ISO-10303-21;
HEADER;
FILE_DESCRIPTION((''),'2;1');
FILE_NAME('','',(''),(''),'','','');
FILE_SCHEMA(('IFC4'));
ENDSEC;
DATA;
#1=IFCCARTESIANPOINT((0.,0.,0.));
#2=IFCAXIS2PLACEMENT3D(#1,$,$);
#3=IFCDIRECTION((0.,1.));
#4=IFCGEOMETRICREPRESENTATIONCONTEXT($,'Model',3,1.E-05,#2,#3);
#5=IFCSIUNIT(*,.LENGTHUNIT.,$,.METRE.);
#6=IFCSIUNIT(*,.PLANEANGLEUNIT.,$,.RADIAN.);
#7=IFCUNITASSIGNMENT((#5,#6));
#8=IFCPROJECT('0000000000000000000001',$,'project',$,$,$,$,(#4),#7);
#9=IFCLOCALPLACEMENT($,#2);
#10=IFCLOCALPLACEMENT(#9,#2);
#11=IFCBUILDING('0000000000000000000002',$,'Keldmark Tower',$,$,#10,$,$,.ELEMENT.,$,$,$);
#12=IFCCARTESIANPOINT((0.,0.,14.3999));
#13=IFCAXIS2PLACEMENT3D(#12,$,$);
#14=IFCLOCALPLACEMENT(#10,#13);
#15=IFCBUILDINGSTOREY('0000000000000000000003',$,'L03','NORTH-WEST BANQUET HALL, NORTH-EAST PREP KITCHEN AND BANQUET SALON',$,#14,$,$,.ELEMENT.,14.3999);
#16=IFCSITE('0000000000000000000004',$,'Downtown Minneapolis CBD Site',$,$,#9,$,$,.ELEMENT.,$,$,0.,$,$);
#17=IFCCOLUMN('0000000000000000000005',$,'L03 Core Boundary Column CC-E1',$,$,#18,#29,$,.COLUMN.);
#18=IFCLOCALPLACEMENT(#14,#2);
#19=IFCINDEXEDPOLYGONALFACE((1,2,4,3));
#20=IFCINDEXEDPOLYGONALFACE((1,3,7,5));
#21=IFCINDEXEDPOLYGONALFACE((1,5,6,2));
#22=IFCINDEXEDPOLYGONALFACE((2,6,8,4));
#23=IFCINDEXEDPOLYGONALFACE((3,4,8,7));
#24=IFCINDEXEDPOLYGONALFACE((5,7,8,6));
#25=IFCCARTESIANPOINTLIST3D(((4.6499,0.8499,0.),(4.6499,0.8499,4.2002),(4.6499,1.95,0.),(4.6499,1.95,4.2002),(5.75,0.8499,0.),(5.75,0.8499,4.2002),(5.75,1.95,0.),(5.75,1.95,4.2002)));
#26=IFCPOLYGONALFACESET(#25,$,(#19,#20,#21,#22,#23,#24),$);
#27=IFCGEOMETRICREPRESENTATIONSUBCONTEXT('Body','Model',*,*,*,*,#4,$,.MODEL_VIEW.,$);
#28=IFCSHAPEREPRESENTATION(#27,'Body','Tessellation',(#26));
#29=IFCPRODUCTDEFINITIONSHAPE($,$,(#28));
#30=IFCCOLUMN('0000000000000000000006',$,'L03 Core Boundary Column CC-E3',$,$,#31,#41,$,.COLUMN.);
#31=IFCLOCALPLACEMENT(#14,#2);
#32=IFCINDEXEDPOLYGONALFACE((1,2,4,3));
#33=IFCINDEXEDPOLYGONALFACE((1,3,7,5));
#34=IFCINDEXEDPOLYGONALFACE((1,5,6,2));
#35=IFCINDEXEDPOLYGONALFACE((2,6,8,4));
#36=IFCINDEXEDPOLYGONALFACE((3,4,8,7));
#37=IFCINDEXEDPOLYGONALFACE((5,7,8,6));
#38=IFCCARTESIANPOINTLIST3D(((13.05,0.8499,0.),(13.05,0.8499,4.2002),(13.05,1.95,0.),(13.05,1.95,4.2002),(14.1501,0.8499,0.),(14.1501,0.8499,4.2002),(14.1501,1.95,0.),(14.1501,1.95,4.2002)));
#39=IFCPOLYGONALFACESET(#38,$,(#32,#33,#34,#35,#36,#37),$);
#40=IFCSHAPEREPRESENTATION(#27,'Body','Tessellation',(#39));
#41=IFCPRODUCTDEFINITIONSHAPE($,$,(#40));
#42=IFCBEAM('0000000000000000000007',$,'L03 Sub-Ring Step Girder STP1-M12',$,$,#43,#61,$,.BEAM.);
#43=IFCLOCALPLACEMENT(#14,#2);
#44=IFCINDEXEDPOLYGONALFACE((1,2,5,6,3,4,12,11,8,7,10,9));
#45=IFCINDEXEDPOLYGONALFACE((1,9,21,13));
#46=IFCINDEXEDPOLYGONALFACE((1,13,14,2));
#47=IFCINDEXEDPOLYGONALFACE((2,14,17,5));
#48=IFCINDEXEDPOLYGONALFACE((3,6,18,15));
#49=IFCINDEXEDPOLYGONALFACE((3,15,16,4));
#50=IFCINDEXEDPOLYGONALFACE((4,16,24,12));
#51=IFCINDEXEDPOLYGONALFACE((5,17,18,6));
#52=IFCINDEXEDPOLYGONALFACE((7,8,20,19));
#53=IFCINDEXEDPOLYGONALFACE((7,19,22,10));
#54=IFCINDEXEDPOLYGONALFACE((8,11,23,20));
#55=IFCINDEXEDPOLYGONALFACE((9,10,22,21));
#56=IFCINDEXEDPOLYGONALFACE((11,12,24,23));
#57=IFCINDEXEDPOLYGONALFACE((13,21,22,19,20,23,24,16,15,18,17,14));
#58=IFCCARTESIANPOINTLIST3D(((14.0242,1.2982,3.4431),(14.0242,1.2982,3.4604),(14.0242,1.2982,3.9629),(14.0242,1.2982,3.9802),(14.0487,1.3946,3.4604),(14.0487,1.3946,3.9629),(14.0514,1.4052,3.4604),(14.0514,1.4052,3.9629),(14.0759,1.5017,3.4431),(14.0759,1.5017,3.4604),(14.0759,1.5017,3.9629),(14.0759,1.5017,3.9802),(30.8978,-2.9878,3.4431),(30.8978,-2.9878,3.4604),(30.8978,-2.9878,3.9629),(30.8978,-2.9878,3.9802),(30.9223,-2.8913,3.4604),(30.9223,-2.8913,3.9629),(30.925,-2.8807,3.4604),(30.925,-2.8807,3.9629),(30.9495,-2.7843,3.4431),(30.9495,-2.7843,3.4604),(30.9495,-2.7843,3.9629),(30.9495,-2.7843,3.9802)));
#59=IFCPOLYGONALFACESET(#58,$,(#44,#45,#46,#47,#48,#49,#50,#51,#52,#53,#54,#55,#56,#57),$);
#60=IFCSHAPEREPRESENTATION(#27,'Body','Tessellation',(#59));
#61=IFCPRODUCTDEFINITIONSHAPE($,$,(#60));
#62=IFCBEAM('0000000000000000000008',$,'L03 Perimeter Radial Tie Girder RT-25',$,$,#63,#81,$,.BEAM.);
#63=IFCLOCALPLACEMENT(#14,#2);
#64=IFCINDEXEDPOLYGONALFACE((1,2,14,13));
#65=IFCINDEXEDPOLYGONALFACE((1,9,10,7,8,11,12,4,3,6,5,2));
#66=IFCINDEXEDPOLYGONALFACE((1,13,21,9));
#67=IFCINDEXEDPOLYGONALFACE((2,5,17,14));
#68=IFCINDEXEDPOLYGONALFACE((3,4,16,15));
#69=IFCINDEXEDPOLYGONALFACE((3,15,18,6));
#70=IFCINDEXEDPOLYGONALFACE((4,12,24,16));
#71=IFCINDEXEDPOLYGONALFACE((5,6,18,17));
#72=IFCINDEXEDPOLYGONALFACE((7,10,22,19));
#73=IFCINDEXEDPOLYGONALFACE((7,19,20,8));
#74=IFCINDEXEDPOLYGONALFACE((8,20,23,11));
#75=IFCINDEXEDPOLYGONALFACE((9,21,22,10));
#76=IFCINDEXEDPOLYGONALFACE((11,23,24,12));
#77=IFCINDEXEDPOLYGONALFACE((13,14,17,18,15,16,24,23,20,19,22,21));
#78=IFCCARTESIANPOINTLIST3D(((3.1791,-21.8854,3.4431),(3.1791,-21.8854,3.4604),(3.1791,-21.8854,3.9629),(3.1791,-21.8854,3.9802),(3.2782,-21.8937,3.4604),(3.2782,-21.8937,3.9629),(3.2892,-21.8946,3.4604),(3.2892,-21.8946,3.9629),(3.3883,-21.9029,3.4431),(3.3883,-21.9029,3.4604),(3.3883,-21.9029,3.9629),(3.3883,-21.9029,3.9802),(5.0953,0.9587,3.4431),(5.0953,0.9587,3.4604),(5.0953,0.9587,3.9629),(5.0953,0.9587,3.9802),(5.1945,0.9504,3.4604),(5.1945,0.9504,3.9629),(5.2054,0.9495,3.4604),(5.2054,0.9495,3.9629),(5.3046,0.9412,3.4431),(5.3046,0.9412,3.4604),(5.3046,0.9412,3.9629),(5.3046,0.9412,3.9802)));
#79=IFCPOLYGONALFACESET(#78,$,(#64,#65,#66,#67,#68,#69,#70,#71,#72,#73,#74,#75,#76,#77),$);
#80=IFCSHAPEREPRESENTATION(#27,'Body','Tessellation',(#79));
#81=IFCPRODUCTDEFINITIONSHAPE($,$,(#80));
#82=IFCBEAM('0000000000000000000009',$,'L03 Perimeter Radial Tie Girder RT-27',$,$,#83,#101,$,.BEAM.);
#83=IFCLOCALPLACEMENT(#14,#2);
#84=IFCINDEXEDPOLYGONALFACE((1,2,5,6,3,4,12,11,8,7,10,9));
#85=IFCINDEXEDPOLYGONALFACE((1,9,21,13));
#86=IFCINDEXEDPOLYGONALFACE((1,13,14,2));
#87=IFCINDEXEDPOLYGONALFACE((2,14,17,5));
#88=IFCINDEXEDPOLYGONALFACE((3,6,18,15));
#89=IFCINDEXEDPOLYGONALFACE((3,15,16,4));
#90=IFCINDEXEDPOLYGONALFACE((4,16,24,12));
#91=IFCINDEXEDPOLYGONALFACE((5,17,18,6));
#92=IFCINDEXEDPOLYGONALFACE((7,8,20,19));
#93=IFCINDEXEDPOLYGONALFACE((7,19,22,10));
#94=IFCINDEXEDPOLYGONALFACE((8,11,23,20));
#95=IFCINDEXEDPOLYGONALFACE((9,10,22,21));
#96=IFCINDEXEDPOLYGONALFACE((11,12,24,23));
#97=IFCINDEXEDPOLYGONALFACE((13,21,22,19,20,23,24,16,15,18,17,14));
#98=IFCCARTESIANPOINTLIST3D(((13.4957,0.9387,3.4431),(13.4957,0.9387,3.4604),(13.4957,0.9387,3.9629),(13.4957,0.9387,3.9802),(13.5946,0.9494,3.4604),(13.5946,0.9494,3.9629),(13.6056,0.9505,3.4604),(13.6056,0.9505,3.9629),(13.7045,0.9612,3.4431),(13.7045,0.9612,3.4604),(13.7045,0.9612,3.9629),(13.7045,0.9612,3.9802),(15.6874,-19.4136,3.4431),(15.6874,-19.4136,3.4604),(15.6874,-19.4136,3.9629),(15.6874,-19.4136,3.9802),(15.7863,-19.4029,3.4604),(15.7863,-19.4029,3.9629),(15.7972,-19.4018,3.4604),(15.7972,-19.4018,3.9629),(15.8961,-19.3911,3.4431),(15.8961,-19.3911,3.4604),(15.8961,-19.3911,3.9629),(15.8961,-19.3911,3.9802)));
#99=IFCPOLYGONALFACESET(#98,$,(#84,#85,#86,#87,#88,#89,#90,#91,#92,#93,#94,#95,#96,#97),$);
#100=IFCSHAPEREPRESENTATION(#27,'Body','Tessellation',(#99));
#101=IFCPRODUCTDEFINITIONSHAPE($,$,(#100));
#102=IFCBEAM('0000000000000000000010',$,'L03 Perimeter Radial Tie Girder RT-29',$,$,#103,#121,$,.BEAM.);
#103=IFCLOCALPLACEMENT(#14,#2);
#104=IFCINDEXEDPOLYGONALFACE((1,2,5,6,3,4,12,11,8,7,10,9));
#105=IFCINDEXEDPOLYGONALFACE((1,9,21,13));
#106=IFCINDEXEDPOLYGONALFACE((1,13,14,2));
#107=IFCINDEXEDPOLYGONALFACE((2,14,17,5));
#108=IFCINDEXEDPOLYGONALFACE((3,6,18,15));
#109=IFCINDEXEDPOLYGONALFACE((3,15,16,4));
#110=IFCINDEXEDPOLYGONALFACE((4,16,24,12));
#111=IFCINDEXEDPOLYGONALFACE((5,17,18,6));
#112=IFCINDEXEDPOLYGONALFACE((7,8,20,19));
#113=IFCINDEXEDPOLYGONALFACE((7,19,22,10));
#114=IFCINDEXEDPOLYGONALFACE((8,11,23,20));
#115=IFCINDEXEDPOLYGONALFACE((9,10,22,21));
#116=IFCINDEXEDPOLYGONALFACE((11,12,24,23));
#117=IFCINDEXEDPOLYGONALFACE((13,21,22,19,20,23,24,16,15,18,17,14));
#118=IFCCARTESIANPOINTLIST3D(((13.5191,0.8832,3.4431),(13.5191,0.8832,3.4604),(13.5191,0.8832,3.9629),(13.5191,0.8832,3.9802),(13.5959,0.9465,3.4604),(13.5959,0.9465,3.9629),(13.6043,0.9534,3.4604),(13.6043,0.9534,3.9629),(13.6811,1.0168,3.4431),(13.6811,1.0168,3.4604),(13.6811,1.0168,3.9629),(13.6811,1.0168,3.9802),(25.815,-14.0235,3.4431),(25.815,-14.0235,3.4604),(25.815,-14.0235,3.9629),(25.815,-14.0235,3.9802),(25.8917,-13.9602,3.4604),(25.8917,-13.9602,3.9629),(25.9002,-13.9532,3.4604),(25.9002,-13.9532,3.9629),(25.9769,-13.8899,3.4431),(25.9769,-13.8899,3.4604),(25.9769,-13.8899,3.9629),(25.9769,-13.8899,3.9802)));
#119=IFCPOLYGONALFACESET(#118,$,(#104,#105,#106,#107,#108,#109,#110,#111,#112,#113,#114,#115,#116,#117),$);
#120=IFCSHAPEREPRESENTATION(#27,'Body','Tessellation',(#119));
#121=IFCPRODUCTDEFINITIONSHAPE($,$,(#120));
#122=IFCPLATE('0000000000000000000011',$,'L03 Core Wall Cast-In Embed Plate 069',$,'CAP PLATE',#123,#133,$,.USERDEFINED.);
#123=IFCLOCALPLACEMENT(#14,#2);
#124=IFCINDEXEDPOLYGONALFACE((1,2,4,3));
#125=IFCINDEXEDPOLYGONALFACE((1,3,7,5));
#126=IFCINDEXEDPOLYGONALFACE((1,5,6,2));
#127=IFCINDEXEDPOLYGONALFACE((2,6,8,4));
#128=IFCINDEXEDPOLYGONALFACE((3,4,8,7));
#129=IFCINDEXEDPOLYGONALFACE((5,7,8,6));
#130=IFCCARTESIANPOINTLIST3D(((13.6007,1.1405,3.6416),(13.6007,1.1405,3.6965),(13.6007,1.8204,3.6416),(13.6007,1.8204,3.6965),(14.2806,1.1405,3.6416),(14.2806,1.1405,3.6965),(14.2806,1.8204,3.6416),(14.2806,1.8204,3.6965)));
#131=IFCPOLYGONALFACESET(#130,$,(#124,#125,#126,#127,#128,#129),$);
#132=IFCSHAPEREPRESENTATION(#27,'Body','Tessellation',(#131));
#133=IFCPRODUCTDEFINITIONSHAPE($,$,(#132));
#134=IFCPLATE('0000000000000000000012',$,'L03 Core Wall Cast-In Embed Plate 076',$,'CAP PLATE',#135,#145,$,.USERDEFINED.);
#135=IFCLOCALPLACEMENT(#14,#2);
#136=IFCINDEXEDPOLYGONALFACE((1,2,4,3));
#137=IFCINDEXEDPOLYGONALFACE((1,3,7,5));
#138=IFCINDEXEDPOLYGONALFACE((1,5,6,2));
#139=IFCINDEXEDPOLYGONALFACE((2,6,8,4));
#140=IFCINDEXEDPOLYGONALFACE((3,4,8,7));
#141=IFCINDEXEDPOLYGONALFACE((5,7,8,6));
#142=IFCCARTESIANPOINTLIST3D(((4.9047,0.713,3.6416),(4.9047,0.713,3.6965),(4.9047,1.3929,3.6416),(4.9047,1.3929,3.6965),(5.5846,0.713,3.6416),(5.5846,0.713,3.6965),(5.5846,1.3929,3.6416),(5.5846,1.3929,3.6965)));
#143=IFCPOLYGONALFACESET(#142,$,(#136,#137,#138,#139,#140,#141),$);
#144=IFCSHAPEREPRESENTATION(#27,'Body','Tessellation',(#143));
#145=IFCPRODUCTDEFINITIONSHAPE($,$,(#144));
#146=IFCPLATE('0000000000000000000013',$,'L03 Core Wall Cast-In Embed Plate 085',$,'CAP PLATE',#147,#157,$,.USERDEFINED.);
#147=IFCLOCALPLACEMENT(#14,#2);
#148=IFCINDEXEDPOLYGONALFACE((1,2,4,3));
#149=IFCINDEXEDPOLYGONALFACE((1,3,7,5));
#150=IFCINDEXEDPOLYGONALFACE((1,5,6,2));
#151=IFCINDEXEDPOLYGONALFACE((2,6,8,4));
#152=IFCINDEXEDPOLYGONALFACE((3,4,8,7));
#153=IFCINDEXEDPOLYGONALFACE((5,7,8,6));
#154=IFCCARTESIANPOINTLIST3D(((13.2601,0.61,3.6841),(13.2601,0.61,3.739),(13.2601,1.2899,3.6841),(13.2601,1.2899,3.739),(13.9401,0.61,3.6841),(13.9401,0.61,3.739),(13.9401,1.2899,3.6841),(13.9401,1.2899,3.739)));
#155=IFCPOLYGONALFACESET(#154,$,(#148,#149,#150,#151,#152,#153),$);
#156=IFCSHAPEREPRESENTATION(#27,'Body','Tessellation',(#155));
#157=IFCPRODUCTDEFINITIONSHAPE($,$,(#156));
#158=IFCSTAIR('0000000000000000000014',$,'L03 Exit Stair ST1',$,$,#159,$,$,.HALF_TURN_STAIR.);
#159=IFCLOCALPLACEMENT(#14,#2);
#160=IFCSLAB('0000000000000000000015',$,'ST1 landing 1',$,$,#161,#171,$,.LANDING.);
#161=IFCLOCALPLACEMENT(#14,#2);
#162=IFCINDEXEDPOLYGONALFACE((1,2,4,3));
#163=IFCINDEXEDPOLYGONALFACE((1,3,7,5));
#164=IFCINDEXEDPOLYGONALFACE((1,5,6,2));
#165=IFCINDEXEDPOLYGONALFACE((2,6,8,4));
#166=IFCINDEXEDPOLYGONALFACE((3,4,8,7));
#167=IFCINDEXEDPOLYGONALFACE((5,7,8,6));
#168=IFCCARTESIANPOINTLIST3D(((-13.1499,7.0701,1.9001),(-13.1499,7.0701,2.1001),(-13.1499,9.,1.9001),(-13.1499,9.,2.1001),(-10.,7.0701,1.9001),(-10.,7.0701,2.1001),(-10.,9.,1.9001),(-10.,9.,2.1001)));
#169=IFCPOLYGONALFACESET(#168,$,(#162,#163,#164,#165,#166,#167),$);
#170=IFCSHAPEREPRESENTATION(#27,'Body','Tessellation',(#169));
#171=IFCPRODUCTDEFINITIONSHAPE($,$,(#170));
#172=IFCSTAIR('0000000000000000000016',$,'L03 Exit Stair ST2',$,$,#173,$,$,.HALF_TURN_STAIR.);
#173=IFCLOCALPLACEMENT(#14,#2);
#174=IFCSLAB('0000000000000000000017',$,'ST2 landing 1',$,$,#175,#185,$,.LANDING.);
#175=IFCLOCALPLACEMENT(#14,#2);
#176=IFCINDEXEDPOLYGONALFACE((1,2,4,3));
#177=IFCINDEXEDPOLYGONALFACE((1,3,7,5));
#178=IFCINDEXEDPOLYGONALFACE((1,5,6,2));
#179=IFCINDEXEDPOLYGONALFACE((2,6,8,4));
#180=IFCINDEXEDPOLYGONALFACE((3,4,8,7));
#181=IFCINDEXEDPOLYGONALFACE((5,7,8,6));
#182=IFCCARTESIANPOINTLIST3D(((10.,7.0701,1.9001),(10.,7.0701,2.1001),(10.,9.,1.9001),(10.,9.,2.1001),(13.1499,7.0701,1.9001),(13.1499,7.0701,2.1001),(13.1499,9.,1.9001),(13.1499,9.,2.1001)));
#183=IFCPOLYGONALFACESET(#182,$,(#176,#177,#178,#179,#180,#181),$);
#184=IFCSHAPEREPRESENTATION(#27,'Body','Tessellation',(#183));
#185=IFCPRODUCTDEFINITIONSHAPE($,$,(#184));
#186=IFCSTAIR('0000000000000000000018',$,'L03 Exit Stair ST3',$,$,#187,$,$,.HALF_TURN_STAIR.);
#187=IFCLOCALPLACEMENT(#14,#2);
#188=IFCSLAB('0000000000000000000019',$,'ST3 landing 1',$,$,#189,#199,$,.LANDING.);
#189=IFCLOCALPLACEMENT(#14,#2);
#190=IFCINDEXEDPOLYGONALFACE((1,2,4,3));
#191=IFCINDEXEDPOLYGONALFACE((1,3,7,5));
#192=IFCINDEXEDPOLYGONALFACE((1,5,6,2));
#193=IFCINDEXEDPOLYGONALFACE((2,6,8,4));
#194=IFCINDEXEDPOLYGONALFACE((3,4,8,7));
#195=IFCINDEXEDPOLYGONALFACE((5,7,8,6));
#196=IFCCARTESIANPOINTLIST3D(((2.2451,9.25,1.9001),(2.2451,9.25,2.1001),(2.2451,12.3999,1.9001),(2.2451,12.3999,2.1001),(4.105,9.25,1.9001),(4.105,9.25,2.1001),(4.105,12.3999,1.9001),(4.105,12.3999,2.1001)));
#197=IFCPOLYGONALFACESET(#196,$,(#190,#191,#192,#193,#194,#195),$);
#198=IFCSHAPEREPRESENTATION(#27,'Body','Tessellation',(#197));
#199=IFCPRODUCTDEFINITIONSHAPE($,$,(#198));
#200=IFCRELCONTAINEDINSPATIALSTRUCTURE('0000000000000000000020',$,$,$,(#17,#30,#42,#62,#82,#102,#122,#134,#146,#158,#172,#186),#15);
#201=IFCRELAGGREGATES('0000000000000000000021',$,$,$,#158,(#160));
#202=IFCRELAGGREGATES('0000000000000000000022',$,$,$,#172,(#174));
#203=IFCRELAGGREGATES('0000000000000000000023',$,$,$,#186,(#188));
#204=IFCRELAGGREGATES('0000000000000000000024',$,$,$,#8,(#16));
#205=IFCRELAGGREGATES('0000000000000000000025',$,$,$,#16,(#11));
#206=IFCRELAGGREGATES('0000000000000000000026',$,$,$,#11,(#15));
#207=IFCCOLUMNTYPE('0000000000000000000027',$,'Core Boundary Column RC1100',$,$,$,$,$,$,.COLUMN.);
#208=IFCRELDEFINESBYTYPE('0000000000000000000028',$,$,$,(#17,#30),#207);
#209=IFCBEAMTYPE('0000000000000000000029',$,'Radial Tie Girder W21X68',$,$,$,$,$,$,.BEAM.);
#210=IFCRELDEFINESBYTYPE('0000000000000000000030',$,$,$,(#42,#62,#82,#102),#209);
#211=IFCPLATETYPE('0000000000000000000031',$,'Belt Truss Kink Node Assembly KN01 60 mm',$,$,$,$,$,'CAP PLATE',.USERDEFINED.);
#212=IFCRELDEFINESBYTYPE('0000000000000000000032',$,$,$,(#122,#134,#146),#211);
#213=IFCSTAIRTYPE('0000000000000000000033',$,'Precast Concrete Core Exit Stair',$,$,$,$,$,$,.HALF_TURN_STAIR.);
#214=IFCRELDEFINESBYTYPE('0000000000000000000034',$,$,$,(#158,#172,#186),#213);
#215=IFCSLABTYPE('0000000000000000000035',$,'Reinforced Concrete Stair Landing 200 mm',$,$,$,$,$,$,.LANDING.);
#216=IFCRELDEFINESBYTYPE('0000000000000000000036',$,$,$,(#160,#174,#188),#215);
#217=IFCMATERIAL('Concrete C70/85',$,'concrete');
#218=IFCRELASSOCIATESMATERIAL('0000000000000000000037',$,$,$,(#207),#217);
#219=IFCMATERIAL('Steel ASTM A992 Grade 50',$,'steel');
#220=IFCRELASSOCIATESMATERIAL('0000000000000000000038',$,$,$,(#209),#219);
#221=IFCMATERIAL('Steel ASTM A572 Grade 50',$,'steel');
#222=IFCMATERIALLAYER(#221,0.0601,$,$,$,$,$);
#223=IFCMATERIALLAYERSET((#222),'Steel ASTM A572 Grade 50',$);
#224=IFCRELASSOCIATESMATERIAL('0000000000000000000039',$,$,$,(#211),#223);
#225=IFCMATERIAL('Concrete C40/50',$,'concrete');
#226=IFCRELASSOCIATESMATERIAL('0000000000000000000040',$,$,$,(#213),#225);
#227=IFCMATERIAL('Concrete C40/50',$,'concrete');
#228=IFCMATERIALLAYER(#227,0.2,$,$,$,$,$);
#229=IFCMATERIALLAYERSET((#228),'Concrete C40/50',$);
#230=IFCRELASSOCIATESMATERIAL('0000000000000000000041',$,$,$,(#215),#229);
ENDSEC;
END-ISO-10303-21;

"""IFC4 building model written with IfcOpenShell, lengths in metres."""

from ifc_helpers import new_model, si_unit, direction, frame, origin, origin_2d, place, context, subcontext, project, spatial, polyline, rectangle, i_section, outline, extrude, material, layer, layer_set, material_profile, profile_set, type_object, element, aggregate, save


model = new_model("IFC4")

# Units and contexts
model_context = context("Model", 3, precision=1e-05, world=origin(), true_north=direction((0.0, 1.0)))
body_context = subcontext(model_context, "Body", "Model", "MODEL_VIEW")
ifc_project = project(units=[si_unit("LENGTHUNIT", "METRE"), si_unit("PLANEANGLEUNIT", "RADIAN")], contexts=[model_context])

# Site, building, storey
site_placement = place(None, origin())
site = spatial("IfcSite", under=ifc_project, at=site_placement, Name="Downtown Minneapolis CBD Site", CompositionType="ELEMENT", RefElevation=0.0)
building_placement = place(site_placement, origin())
building = spatial("IfcBuilding", under=site, at=building_placement, Name="Keldmark Tower", CompositionType="ELEMENT")
storey_placement = place(building_placement, frame((0.0, 0.0, 14.3999)))
storey = spatial("IfcBuildingStorey", under=building, at=storey_placement, Name="L03", Description="NORTH-WEST BANQUET HALL, NORTH-EAST PREP KITCHEN AND BANQUET SALON", CompositionType="ELEMENT", Elevation=14.3999)

# Columns
ifc_material_1 = material(Name="Concrete C70/85", Category="concrete")
ifc_material_profile_1 = material_profile(ifc_material_1, rectangle(XDim=1.1001, YDim=1.1001, at=origin_2d()), Name="RC1100X1100")
ifc_profile_set_1 = profile_set([ifc_material_profile_1], Name="Concrete C70/85")
column_type = type_object("IfcColumnType", Name="Core Boundary Column RC1100", PredefinedType="COLUMN", material=ifc_profile_set_1)
for number, where, z_axis, x_axis, name in (
    (1, (5.2, 1.3999, 0.0), (0.0, 0.0, 1.0), (1.0, 0.0, 0.0), "L03 Core Boundary Column CC-E1"),
    (2, (13.6001, 1.3999, 0.0), (0.0, 0.0, 1.0), (1.0, 0.0, 0.0), "L03 Core Boundary Column CC-E3"),
):
    element("IfcColumn", number, at=place(storey_placement, frame(where, z_axis=z_axis, x_axis=x_axis)), inside=storey, type_object=column_type, Name=name, PredefinedType="COLUMN", context=body_context, shape_type="SweptSolid", body=[
        extrude(rectangle(XDim=1.1001, YDim=1.1001, at=origin_2d()), origin(), (0.0, 0.0, 1.0), 4.2002),
    ])

# Beams
ifc_material_2 = material(Name="Steel ASTM A992 Grade 50", Category="steel")
ifc_material_profile_2 = material_profile(ifc_material_2, i_section(OverallWidth=0.21, OverallDepth=0.5371, WebThickness=0.011, FlangeThickness=0.0173, at=origin_2d()), Name="W21X68")
ifc_profile_set_2 = profile_set([ifc_material_profile_2], Name="Steel ASTM A992 Grade 50")
beam_type = type_object("IfcBeamType", Name="Radial Tie Girder W21X68", PredefinedType="BEAM", material=ifc_profile_set_2)
beam_1_placement = place(storey_placement, frame((14.05, 1.3999, 3.7117), z_axis=(0.969223, -0.246183, 0.0), x_axis=(0.246183, 0.969223, 0.0)))
element("IfcBeam", 3, at=beam_1_placement, inside=storey, type_object=beam_type, Name="L03 Sub-Ring Step Girder STP1-M12", PredefinedType="BEAM", context=body_context, shape_type="SweptSolid", body=[
    extrude(i_section(OverallWidth=0.21, OverallDepth=0.5371, WebThickness=0.011, FlangeThickness=0.0173, at=origin_2d()), origin(), (0.0, 0.0, 1.0), 17.4094),
])
beam_2_placement = place(storey_placement, frame((5.2, 0.95, 3.7117), z_axis=(-0.083591, -0.9965, 0.0), x_axis=(0.9965, -0.083591, 0.0)))
element("IfcBeam", 4, at=beam_2_placement, inside=storey, type_object=beam_type, Name="L03 Perimeter Radial Tie Girder RT-25", PredefinedType="BEAM", context=body_context, shape_type="SweptSolid", body=[
    extrude(i_section(OverallWidth=0.21, OverallDepth=0.5371, WebThickness=0.011, FlangeThickness=0.0173, at=origin_2d()), origin(), (0.0, 0.0, 1.0), 22.9243),
])
beam_3_placement = place(storey_placement, frame((13.6001, 0.95, 3.7117), z_axis=(0.107067, -0.994252, 0.0), x_axis=(0.994252, 0.107067, 0.0)))
element("IfcBeam", 5, at=beam_3_placement, inside=storey, type_object=beam_type, Name="L03 Perimeter Radial Tie Girder RT-27", PredefinedType="BEAM", context=body_context, shape_type="SweptSolid", body=[
    extrude(i_section(OverallWidth=0.21, OverallDepth=0.5371, WebThickness=0.011, FlangeThickness=0.0173, at=origin_2d()), origin(), (0.0, 0.0, 1.0), 20.47),
])
beam_4_placement = place(storey_placement, frame((13.6001, 0.95, 3.7117), z_axis=(0.636316, -0.771428, 0.0), x_axis=(0.771428, 0.636316, 0.0)))
element("IfcBeam", 6, at=beam_4_placement, inside=storey, type_object=beam_type, Name="L03 Perimeter Radial Tie Girder RT-29", PredefinedType="BEAM", context=body_context, shape_type="SweptSolid", body=[
    extrude(i_section(OverallWidth=0.21, OverallDepth=0.5371, WebThickness=0.011, FlangeThickness=0.0173, at=origin_2d()), origin(), (0.0, 0.0, 1.0), 19.3235),
])

# Plates
ifc_material_3 = material(Name="Steel ASTM A572 Grade 50", Category="steel")
ifc_layer_1 = layer(ifc_material_3, 0.0601)
ifc_layer_set_1 = layer_set([ifc_layer_1], Name="Steel ASTM A572 Grade 50")
plate_type = type_object("IfcPlateType", Name="Belt Truss Kink Node Assembly KN01 60 mm", ElementType="CAP PLATE", PredefinedType="USERDEFINED", material=ifc_layer_set_1)
for number, where, z_axis, x_axis, name in (
    (7, (13.9407, 1.4805, 3.6416), (0.0, 0.0, 1.0), (1.0, 0.0, 0.0), "L03 Core Wall Cast-In Embed Plate 069"),
    (8, (5.2446, 1.053, 3.6416), (0.0, 0.0, 1.0), (1.0, 0.0, 0.0), "L03 Core Wall Cast-In Embed Plate 076"),
    (9, (13.6001, 0.95, 3.6841), (0.0, 0.0, 1.0), (1.0, 0.0, 0.0), "L03 Core Wall Cast-In Embed Plate 085"),
):
    element("IfcPlate", number, at=place(storey_placement, frame(where, z_axis=z_axis, x_axis=x_axis)), inside=storey, type_object=plate_type, Name=name, ObjectType="CAP PLATE", PredefinedType="USERDEFINED", context=body_context, shape_type="SweptSolid", body=[
        extrude(rectangle(XDim=0.6799, YDim=0.6799, at=origin_2d()), origin(), (0.0, 0.0, 1.0), 0.0549),
    ])

# Stairs, slabs
ifc_material_4 = material(Name="Concrete C40/50", Category="concrete")
stair_type = type_object("IfcStairType", Name="Precast Concrete Core Exit Stair", PredefinedType="HALF_TURN_STAIR", material=ifc_material_4)
stair_1_placement = place(storey_placement, origin())
stair_1 = element("IfcStair", 10, at=stair_1_placement, inside=storey, type_object=stair_type, Name="L03 Exit Stair ST1", PredefinedType="HALF_TURN_STAIR")
ifc_material_5 = material(Name="Concrete C40/50", Category="concrete")
ifc_layer_2 = layer(ifc_material_5, 0.2)
ifc_layer_set_2 = layer_set([ifc_layer_2], Name="Concrete C40/50")
slab_type_1 = type_object("IfcSlabType", Name="Reinforced Concrete Stair Landing 200 mm", PredefinedType="LANDING", material=ifc_layer_set_2)
slab_1_placement = place(storey_placement, frame((0.0, 0.0, 1.9001)))
slab_1 = element("IfcSlab", 11, at=slab_1_placement, type_object=slab_type_1, Name="ST1 landing 1", PredefinedType="LANDING", context=body_context, shape_type="SweptSolid", body=[
    extrude(outline(polyline([(-10.0, 7.0701), (-10.0, 9.0), (-13.1499, 9.0), (-13.1499, 7.0701), (-10.0, 7.0701)])), origin(), (0.0, 0.0, 1.0), 0.2),
])
aggregate(stair_1, [slab_1])
stair_2_placement = place(storey_placement, origin())
stair_2 = element("IfcStair", 12, at=stair_2_placement, inside=storey, type_object=stair_type, Name="L03 Exit Stair ST2", PredefinedType="HALF_TURN_STAIR")
slab_2_placement = place(storey_placement, frame((0.0, 0.0, 1.9001)))
slab_2 = element("IfcSlab", 13, at=slab_2_placement, type_object=slab_type_1, Name="ST2 landing 1", PredefinedType="LANDING", context=body_context, shape_type="SweptSolid", body=[
    extrude(outline(polyline([(13.1499, 7.0701), (13.1499, 9.0), (10.0, 9.0), (10.0, 7.0701), (13.1499, 7.0701)])), origin(), (0.0, 0.0, 1.0), 0.2),
])
aggregate(stair_2, [slab_2])
stair_3_placement = place(storey_placement, origin())
stair_3 = element("IfcStair", 14, at=stair_3_placement, inside=storey, type_object=stair_type, Name="L03 Exit Stair ST3", PredefinedType="HALF_TURN_STAIR")
slab_3_placement = place(storey_placement, frame((0.0, 0.0, 1.9001)))
slab_3 = element("IfcSlab", 15, at=slab_3_placement, type_object=slab_type_1, Name="ST3 landing 1", PredefinedType="LANDING", context=body_context, shape_type="SweptSolid", body=[
    extrude(outline(polyline([(2.2451, 9.25), (4.105, 9.25), (4.105, 12.3999), (2.2451, 12.3999), (2.2451, 9.25)])), origin(), (0.0, 0.0, 1.0), 0.2),
])
aggregate(stair_3, [slab_3])

save(model, "model.ifc")
